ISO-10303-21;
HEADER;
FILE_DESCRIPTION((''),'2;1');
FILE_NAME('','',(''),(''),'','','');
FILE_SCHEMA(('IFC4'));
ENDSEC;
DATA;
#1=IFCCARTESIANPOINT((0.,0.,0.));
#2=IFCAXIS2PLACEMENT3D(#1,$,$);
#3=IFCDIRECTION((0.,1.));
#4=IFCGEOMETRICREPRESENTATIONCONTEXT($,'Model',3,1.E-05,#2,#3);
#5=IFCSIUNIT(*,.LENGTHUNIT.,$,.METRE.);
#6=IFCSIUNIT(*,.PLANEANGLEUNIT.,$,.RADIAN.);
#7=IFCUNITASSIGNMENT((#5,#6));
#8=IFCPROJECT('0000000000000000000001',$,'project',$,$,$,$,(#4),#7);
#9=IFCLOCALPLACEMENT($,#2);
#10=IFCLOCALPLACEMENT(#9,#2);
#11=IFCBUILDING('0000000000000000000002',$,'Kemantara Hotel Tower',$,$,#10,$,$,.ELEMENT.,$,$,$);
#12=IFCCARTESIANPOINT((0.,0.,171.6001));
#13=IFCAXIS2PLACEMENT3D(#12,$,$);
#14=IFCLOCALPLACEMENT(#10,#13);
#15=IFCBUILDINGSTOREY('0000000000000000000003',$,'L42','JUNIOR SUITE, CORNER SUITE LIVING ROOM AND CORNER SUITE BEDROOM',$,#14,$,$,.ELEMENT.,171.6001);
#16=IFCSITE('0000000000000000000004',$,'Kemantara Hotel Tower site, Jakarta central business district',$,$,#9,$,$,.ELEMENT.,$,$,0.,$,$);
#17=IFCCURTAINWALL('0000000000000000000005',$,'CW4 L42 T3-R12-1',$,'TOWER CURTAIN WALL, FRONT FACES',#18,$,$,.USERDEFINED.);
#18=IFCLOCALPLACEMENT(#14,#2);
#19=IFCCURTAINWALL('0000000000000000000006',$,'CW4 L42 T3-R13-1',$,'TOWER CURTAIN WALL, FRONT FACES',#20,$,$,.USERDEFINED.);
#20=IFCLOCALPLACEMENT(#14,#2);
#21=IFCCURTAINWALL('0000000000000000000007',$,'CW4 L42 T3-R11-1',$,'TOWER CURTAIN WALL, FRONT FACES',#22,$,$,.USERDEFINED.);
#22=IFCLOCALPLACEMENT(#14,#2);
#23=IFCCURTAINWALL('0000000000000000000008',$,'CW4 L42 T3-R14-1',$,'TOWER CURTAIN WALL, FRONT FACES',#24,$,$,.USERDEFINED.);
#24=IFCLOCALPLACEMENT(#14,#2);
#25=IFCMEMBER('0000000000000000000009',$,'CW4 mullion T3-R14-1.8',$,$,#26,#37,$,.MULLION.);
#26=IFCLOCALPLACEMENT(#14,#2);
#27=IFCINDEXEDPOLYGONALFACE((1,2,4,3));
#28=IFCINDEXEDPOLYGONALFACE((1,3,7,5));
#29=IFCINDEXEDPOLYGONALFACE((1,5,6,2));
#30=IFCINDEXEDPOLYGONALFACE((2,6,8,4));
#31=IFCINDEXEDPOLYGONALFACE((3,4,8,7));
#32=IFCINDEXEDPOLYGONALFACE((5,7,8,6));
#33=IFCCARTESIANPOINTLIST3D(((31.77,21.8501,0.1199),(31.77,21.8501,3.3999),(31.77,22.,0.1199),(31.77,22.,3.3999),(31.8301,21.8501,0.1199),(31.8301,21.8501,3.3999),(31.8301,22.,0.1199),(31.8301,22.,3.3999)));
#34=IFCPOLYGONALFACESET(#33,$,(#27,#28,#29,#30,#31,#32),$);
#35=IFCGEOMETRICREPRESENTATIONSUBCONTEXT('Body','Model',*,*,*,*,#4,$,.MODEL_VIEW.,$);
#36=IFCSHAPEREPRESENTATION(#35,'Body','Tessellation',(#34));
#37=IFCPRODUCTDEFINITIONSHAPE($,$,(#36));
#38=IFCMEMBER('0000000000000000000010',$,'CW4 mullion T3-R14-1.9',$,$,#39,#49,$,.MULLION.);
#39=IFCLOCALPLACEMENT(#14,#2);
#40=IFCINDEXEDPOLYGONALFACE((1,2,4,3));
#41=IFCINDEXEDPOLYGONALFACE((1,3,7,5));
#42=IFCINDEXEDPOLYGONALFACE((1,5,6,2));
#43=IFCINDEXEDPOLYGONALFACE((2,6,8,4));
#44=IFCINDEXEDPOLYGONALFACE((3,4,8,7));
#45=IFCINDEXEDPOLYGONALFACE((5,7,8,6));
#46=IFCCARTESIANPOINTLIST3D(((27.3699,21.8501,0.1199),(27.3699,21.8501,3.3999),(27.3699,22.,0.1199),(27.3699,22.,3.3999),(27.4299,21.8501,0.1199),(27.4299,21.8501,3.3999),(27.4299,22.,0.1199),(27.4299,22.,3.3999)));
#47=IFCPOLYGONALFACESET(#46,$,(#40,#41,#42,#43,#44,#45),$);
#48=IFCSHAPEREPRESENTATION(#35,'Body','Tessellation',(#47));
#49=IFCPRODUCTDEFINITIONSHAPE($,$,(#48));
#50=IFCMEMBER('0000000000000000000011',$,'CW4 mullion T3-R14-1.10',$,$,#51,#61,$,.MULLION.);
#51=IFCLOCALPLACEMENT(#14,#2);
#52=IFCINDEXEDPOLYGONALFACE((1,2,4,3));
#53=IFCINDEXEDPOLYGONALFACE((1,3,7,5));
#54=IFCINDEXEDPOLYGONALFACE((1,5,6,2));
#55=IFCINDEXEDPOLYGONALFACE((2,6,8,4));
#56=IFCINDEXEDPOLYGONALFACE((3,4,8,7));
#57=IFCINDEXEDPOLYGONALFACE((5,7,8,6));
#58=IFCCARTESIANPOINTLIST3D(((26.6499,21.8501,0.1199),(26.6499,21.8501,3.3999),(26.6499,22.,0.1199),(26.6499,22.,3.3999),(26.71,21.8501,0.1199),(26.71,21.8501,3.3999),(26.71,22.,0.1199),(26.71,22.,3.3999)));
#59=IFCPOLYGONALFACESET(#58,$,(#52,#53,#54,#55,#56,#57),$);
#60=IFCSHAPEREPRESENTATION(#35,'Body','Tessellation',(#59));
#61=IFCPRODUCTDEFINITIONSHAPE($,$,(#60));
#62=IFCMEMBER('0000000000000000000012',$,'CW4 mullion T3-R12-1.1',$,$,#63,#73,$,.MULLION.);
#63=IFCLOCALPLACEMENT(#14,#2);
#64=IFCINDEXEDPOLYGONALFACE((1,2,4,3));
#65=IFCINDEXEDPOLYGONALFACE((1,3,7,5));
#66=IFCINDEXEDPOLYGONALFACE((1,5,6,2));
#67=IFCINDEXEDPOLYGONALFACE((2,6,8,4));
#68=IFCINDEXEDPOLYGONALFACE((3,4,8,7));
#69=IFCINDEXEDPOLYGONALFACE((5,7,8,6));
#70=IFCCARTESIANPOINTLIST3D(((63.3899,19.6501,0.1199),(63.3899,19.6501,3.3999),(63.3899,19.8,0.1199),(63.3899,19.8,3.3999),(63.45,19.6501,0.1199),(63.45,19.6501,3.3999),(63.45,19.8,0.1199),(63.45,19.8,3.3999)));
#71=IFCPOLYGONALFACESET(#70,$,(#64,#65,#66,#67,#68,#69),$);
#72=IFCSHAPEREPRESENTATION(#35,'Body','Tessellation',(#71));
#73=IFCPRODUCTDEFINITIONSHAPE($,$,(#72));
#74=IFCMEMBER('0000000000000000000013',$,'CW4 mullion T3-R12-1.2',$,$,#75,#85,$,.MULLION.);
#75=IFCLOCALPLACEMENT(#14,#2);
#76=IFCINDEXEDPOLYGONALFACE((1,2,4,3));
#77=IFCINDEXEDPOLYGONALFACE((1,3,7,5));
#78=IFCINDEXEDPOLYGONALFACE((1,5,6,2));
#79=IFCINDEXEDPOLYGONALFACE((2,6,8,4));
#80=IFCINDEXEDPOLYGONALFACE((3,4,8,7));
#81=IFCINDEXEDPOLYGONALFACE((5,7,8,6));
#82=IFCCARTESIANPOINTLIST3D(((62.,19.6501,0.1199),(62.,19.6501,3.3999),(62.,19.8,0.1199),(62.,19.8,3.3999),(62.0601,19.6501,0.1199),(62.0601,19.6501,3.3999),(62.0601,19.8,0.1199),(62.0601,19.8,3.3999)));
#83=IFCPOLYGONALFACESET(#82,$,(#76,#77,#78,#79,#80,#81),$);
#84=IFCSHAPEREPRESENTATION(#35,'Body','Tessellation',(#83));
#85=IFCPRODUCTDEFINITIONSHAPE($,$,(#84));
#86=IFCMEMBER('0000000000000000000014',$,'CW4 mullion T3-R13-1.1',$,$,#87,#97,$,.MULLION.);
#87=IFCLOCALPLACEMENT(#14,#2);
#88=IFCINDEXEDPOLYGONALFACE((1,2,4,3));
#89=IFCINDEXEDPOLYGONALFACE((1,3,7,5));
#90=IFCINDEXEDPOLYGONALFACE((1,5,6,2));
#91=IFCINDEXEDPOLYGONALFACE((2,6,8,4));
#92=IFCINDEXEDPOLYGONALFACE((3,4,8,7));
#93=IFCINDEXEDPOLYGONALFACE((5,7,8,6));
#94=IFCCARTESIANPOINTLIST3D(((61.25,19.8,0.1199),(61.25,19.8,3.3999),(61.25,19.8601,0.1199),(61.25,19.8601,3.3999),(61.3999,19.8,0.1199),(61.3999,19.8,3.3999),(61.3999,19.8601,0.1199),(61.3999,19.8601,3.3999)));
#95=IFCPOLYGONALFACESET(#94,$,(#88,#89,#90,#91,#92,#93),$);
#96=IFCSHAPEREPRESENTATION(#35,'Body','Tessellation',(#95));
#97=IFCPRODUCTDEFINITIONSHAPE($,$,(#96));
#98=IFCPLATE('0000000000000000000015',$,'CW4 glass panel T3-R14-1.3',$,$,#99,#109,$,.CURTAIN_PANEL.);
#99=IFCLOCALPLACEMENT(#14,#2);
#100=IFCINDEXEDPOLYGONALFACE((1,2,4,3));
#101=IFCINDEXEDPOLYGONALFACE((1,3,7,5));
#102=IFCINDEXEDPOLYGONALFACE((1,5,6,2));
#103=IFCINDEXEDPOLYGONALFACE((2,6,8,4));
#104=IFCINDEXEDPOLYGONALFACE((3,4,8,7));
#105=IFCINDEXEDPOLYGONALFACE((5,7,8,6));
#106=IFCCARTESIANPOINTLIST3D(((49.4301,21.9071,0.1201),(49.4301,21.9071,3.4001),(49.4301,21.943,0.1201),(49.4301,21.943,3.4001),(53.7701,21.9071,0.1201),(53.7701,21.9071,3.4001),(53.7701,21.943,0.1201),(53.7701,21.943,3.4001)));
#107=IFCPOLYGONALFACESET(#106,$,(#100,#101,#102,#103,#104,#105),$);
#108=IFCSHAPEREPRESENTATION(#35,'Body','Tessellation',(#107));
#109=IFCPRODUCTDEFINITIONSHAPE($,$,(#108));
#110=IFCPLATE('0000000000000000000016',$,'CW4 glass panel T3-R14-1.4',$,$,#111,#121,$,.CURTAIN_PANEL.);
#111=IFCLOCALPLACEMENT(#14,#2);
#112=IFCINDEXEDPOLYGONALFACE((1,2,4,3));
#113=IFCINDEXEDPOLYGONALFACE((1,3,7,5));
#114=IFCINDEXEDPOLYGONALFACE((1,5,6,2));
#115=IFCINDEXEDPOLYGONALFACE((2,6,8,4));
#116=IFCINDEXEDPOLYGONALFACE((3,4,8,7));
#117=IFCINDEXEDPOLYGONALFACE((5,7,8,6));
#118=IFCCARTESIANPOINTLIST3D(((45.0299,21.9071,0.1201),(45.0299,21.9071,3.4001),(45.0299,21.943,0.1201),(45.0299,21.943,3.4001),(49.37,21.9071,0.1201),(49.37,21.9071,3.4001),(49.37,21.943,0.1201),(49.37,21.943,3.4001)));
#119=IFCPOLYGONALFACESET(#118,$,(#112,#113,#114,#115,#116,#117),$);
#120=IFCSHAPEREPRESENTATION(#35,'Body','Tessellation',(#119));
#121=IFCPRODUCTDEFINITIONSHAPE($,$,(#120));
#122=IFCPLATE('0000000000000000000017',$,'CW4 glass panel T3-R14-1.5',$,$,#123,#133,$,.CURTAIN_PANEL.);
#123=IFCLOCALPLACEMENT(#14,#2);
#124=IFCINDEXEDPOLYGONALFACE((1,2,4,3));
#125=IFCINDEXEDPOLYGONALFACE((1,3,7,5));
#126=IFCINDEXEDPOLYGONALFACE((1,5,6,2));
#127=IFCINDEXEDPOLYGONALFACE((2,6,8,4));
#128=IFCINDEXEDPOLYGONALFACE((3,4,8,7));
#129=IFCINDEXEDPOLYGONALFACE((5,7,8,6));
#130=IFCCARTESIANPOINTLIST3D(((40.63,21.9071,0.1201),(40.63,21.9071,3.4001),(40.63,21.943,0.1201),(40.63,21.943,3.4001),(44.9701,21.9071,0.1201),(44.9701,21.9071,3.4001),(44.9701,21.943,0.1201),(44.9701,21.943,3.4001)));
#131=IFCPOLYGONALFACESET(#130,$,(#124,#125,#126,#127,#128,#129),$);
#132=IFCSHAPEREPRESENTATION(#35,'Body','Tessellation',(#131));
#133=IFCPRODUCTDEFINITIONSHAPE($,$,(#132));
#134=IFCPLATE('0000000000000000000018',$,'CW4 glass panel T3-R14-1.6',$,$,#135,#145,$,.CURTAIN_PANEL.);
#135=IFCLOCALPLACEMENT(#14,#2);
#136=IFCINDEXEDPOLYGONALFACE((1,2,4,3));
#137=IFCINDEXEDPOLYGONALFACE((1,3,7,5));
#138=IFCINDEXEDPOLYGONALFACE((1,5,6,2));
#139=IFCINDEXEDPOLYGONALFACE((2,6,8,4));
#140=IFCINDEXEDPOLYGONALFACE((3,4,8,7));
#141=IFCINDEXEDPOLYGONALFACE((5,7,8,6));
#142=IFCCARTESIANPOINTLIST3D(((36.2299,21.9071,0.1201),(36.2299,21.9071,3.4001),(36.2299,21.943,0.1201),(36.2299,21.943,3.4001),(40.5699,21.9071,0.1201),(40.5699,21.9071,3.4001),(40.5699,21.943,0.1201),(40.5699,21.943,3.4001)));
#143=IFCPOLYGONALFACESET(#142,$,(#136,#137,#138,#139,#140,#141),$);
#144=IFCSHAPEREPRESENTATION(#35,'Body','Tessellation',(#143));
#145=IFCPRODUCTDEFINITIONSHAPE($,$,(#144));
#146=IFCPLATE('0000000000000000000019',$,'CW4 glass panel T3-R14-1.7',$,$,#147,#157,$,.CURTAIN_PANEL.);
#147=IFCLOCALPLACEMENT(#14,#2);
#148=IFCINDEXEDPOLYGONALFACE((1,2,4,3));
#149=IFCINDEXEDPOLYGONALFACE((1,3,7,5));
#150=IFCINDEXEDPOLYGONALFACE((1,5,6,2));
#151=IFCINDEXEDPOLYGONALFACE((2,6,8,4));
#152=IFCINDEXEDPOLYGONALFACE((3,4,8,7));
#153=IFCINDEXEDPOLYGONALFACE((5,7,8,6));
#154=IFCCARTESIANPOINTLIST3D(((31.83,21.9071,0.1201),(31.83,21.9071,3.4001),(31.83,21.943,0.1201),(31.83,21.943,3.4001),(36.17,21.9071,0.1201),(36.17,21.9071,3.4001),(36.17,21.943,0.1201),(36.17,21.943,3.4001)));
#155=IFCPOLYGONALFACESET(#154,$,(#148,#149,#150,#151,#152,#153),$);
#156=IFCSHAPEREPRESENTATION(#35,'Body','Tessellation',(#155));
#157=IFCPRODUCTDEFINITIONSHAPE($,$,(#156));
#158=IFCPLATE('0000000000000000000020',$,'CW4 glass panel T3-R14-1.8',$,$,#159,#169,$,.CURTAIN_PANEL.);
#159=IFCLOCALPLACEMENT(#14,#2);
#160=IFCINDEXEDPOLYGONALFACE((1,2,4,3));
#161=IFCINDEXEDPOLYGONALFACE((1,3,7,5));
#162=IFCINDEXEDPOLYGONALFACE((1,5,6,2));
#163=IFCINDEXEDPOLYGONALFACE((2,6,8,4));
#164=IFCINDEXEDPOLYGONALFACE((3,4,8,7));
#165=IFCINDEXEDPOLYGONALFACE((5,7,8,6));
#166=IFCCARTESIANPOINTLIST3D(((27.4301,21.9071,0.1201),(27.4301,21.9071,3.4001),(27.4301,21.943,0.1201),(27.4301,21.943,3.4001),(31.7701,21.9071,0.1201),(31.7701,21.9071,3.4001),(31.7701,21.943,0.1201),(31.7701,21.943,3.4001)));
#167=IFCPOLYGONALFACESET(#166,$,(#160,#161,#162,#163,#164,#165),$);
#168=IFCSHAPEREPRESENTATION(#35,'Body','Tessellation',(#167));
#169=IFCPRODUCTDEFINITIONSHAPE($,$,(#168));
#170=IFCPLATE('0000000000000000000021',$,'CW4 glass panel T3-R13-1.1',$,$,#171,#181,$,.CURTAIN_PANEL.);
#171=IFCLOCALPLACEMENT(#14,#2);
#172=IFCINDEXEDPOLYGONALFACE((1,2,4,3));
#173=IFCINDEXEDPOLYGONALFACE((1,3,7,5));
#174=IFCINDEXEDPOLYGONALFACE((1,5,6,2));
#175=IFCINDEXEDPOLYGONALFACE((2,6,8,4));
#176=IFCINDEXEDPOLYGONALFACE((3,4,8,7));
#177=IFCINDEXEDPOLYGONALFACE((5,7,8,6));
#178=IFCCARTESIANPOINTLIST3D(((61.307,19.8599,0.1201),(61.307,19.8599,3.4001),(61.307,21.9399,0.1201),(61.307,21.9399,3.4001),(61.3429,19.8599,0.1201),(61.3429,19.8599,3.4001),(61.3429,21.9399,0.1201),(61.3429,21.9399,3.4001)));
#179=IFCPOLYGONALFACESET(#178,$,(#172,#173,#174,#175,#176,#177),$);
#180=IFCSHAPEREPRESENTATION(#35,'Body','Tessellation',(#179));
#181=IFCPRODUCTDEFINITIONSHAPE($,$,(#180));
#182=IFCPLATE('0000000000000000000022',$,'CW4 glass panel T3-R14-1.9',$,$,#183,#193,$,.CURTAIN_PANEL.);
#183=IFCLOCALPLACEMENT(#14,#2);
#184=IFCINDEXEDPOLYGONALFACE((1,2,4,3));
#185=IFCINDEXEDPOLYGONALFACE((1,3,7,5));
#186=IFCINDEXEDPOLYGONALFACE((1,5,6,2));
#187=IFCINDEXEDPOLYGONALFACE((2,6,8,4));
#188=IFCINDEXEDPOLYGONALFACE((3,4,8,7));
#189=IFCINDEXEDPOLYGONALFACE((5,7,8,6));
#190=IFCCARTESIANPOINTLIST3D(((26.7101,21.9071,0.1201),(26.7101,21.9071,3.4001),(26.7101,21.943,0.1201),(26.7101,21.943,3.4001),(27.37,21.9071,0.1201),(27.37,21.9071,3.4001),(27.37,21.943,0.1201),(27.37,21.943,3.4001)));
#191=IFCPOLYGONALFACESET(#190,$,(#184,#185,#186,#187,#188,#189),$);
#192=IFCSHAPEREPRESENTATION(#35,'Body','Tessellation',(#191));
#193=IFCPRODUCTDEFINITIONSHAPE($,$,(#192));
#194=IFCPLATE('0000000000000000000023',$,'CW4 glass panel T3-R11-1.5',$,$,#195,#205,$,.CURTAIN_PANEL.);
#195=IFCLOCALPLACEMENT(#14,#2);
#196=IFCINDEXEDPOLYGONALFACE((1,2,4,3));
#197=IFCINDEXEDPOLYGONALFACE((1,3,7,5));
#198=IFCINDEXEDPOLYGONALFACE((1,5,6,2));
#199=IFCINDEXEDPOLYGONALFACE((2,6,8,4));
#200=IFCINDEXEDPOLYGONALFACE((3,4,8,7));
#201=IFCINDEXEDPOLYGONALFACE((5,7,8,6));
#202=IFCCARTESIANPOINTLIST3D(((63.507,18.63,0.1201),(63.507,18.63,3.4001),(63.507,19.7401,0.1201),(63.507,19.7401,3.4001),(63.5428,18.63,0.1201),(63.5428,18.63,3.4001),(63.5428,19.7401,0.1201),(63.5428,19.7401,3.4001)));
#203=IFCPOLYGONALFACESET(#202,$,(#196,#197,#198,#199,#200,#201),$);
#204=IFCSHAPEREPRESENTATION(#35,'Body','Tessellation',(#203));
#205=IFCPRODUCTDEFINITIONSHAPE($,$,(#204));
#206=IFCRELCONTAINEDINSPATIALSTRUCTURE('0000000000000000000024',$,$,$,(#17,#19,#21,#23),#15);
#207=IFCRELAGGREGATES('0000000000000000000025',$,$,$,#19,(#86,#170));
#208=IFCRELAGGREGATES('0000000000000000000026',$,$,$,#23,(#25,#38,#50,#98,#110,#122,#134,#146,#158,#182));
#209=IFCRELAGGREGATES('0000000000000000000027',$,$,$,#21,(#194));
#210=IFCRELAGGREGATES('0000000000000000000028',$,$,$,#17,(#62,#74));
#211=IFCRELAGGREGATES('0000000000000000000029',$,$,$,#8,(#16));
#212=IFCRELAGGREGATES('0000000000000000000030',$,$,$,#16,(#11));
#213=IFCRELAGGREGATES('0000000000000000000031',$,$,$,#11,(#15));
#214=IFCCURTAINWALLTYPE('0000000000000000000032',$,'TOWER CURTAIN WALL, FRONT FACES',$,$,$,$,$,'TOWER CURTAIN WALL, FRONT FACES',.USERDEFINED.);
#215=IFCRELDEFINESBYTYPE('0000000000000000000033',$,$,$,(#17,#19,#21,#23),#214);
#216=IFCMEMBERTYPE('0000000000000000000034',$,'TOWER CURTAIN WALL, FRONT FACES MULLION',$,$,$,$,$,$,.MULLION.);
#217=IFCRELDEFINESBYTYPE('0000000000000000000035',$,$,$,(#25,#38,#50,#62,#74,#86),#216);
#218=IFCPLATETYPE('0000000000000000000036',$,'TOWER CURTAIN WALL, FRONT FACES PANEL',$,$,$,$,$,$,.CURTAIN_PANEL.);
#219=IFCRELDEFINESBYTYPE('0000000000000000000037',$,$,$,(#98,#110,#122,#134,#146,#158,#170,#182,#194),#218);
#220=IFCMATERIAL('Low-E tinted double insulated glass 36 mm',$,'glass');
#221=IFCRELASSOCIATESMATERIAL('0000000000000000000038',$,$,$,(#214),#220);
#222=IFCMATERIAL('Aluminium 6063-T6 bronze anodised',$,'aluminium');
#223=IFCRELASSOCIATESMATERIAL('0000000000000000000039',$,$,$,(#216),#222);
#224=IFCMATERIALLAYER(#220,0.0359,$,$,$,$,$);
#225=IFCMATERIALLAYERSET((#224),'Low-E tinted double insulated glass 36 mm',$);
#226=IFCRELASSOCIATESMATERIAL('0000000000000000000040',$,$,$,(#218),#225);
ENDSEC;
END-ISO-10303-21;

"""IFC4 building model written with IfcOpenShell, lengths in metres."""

from ifc_helpers import new_model, si_unit, direction, frame, origin, origin_2d, place, context, subcontext, project, spatial, rectangle, extrude, source, transform, mapped, material, layer, layer_set, material_profile, profile_set, type_object, element, aggregate, save


model = new_model("IFC4")

# Units and contexts
model_context = context("Model", 3, precision=1e-05, world=origin(), true_north=direction((0.0, 1.0)))
body_context = subcontext(model_context, "Body", "Model", "MODEL_VIEW")
ifc_project = project(units=[si_unit("LENGTHUNIT", "METRE"), si_unit("PLANEANGLEUNIT", "RADIAN")], contexts=[model_context])

# Site, building, storey
site_placement = place(None, origin())
site = spatial("IfcSite", under=ifc_project, at=site_placement, Name="Kemantara Hotel Tower site, Jakarta central business district", CompositionType="ELEMENT", RefElevation=0.0)
building_placement = place(site_placement, origin())
building = spatial("IfcBuilding", under=site, at=building_placement, Name="Kemantara Hotel Tower", CompositionType="ELEMENT")
storey_placement = place(building_placement, frame((0.0, 0.0, 171.6001)))
storey = spatial("IfcBuildingStorey", under=building, at=storey_placement, Name="L42", Description="JUNIOR SUITE, CORNER SUITE LIVING ROOM AND CORNER SUITE BEDROOM", CompositionType="ELEMENT", Elevation=171.6001)

# Curtain walls
ifc_material_1 = material(Name="Low-E tinted double insulated glass 36 mm", Category="glass")
curtain_wall_type = type_object("IfcCurtainWallType", Name="TOWER CURTAIN WALL, FRONT FACES", ElementType="TOWER CURTAIN WALL, FRONT FACES", PredefinedType="USERDEFINED", material=ifc_material_1)
curtain_wall_1_placement = place(storey_placement, origin())
curtain_wall_1 = element("IfcCurtainWall", 1, at=curtain_wall_1_placement, inside=storey, type_object=curtain_wall_type, Name="CW4 L42 T3-R12-1", ObjectType="TOWER CURTAIN WALL, FRONT FACES", PredefinedType="USERDEFINED")
ifc_material_2 = material(Name="Aluminium 6063-T6 bronze anodised", Category="aluminium")
curtain_wall_2_placement = place(storey_placement, origin())
curtain_wall_2 = element("IfcCurtainWall", 2, at=curtain_wall_2_placement, inside=storey, type_object=curtain_wall_type, Name="CW4 L42 T3-R13-1", ObjectType="TOWER CURTAIN WALL, FRONT FACES", PredefinedType="USERDEFINED")

# Curtain walls, members
curtain_wall_3_placement = place(storey_placement, origin())
curtain_wall_3 = element("IfcCurtainWall", 3, at=curtain_wall_3_placement, inside=storey, type_object=curtain_wall_type, Name="CW4 L42 T3-R11-1", ObjectType="TOWER CURTAIN WALL, FRONT FACES", PredefinedType="USERDEFINED")
ifc_material_profile_1 = material_profile(ifc_material_2, rectangle(XDim=0.1499, YDim=0.0601, at=origin_2d()), Name="TOWER CURTAIN WALL, FRONT FACES MULLION")
ifc_profile_set_1 = profile_set([ifc_material_profile_1], Name="Aluminium 6063-T6 bronze anodised")
member_type_1 = type_object("IfcMemberType", Name="TOWER CURTAIN WALL, FRONT FACES MULLION", PredefinedType="MULLION", material=ifc_profile_set_1)
shared_shape_1 = source(origin(), body_context, "Body", "SweptSolid", [
    extrude(rectangle(XDim=0.1499, YDim=0.0601, at=origin_2d()), origin(), (0.0, 0.0, 1.0), 3.28),
])
curtain_wall_4_placement = place(storey_placement, origin())
curtain_wall_4 = element("IfcCurtainWall", 4, at=curtain_wall_4_placement, inside=storey, type_object=curtain_wall_type, Name="CW4 L42 T3-R14-1", ObjectType="TOWER CURTAIN WALL, FRONT FACES", PredefinedType="USERDEFINED")
member_1_placement = place(storey_placement, frame((31.8, 21.925, 0.1199), z_axis=(0.0, 0.0, 1.0), x_axis=(0.0, -1.0, 0.0)))
member_1 = element("IfcMember", 5, at=member_1_placement, type_object=member_type_1, Name="CW4 mullion T3-R14-1.8", PredefinedType="MULLION", context=body_context, shape_type="MappedRepresentation", body=[
    mapped(shared_shape_1, transform((0.0, 0.0, 0.0))),
])
member_2_placement = place(storey_placement, frame((27.3999, 21.925, 0.1199), z_axis=(0.0, 0.0, 1.0), x_axis=(0.0, -1.0, 0.0)))
member_2 = element("IfcMember", 6, at=member_2_placement, type_object=member_type_1, Name="CW4 mullion T3-R14-1.9", PredefinedType="MULLION", context=body_context, shape_type="MappedRepresentation", body=[
    mapped(shared_shape_1, transform((0.0, 0.0, 0.0))),
])
member_3_placement = place(storey_placement, frame((26.6799, 21.925, 0.1199), z_axis=(0.0, 0.0, 1.0), x_axis=(0.0, -1.0, 0.0)))
member_3 = element("IfcMember", 7, at=member_3_placement, type_object=member_type_1, Name="CW4 mullion T3-R14-1.10", PredefinedType="MULLION", context=body_context, shape_type="MappedRepresentation", body=[
    mapped(shared_shape_1, transform((0.0, 0.0, 0.0))),
])

# Members
member_4_placement = place(storey_placement, frame((63.4199, 19.7251, 0.1199), z_axis=(0.0, 0.0, 1.0), x_axis=(0.0, -1.0, 0.0)))
member_4 = element("IfcMember", 8, at=member_4_placement, type_object=member_type_1, Name="CW4 mullion T3-R12-1.1", PredefinedType="MULLION", context=body_context, shape_type="MappedRepresentation", body=[
    mapped(shared_shape_1, transform((0.0, 0.0, 0.0))),
])
member_5_placement = place(storey_placement, frame((62.03, 19.7251, 0.1199), z_axis=(0.0, 0.0, 1.0), x_axis=(0.0, -1.0, 0.0)))
member_5 = element("IfcMember", 9, at=member_5_placement, type_object=member_type_1, Name="CW4 mullion T3-R12-1.2", PredefinedType="MULLION", context=body_context, shape_type="MappedRepresentation", body=[
    mapped(shared_shape_1, transform((0.0, 0.0, 0.0))),
])
member_6_placement = place(storey_placement, frame((61.325, 19.8301, 0.1199), z_axis=(0.0, 0.0, 1.0), x_axis=(-1.0, 0.0, 0.0)))
member_6 = element("IfcMember", 10, at=member_6_placement, type_object=member_type_1, Name="CW4 mullion T3-R13-1.1", PredefinedType="MULLION", context=body_context, shape_type="MappedRepresentation", body=[
    mapped(shared_shape_1, transform((0.0, 0.0, 0.0))),
])

# Plates
ifc_layer_1 = layer(ifc_material_1, 0.0359)
ifc_layer_set_1 = layer_set([ifc_layer_1], Name="Low-E tinted double insulated glass 36 mm")
plate_type = type_object("IfcPlateType", Name="TOWER CURTAIN WALL, FRONT FACES PANEL", PredefinedType="CURTAIN_PANEL", material=ifc_layer_set_1)
shared_shape_2 = source(origin(), body_context, "Body", "SweptSolid", [
    extrude(rectangle(XDim=4.3401, YDim=0.0359, at=origin_2d()), origin(), (0.0, 0.0, 1.0), 3.28),
])
plate_1_placement = place(storey_placement, frame((51.6001, 21.925, 0.1201), z_axis=(0.0, 0.0, 1.0), x_axis=(-1.0, 0.0, 0.0)))
plate_1 = element("IfcPlate", 11, at=plate_1_placement, type_object=plate_type, Name="CW4 glass panel T3-R14-1.3", PredefinedType="CURTAIN_PANEL", context=body_context, shape_type="MappedRepresentation", body=[
    mapped(shared_shape_2, transform((0.0, 0.0, 0.0))),
])
plate_2_placement = place(storey_placement, frame((47.2, 21.925, 0.1201), z_axis=(0.0, 0.0, 1.0), x_axis=(-1.0, 0.0, 0.0)))
plate_2 = element("IfcPlate", 12, at=plate_2_placement, type_object=plate_type, Name="CW4 glass panel T3-R14-1.4", PredefinedType="CURTAIN_PANEL", context=body_context, shape_type="MappedRepresentation", body=[
    mapped(shared_shape_2, transform((0.0, 0.0, 0.0))),
])
plate_3_placement = place(storey_placement, frame((42.8, 21.925, 0.1201), z_axis=(0.0, 0.0, 1.0), x_axis=(-1.0, 0.0, 0.0)))
plate_3 = element("IfcPlate", 13, at=plate_3_placement, type_object=plate_type, Name="CW4 glass panel T3-R14-1.5", PredefinedType="CURTAIN_PANEL", context=body_context, shape_type="MappedRepresentation", body=[
    mapped(shared_shape_2, transform((0.0, 0.0, 0.0))),
])
plate_4_placement = place(storey_placement, frame((38.3999, 21.925, 0.1201), z_axis=(0.0, 0.0, 1.0), x_axis=(-1.0, 0.0, 0.0)))
plate_4 = element("IfcPlate", 14, at=plate_4_placement, type_object=plate_type, Name="CW4 glass panel T3-R14-1.6", PredefinedType="CURTAIN_PANEL", context=body_context, shape_type="MappedRepresentation", body=[
    mapped(shared_shape_2, transform((0.0, 0.0, 0.0))),
])
plate_5_placement = place(storey_placement, frame((34.0, 21.925, 0.1201), z_axis=(0.0, 0.0, 1.0), x_axis=(-1.0, 0.0, 0.0)))
plate_5 = element("IfcPlate", 15, at=plate_5_placement, type_object=plate_type, Name="CW4 glass panel T3-R14-1.7", PredefinedType="CURTAIN_PANEL", context=body_context, shape_type="MappedRepresentation", body=[
    mapped(shared_shape_2, transform((0.0, 0.0, 0.0))),
])
plate_6_placement = place(storey_placement, frame((29.6001, 21.925, 0.1201), z_axis=(0.0, 0.0, 1.0), x_axis=(-1.0, 0.0, 0.0)))
plate_6 = element("IfcPlate", 16, at=plate_6_placement, type_object=plate_type, Name="CW4 glass panel T3-R14-1.8", PredefinedType="CURTAIN_PANEL", context=body_context, shape_type="MappedRepresentation", body=[
    mapped(shared_shape_2, transform((0.0, 0.0, 0.0))),
])
shared_shape_3 = source(origin(), body_context, "Body", "SweptSolid", [
    extrude(rectangle(XDim=2.0801, YDim=0.0359, at=origin_2d()), origin(), (0.0, 0.0, 1.0), 3.28),
])
plate_7_placement = place(storey_placement, frame((61.325, 20.8999, 0.1201), z_axis=(0.0, 0.0, 1.0), x_axis=(0.0, 1.0, 0.0)))
plate_7 = element("IfcPlate", 17, at=plate_7_placement, type_object=plate_type, Name="CW4 glass panel T3-R13-1.1", PredefinedType="CURTAIN_PANEL", context=body_context, shape_type="MappedRepresentation", body=[
    mapped(shared_shape_3, transform((0.0, 0.0, 0.0))),
])
aggregate(curtain_wall_2, [member_6, plate_7])
shared_shape_4 = source(origin(), body_context, "Body", "SweptSolid", [
    extrude(rectangle(XDim=0.6599, YDim=0.0359, at=origin_2d()), origin(), (0.0, 0.0, 1.0), 3.28),
])
plate_8_placement = place(storey_placement, frame((27.04, 21.925, 0.1201), z_axis=(0.0, 0.0, 1.0), x_axis=(-1.0, 0.0, 0.0)))
plate_8 = element("IfcPlate", 18, at=plate_8_placement, type_object=plate_type, Name="CW4 glass panel T3-R14-1.9", PredefinedType="CURTAIN_PANEL", context=body_context, shape_type="MappedRepresentation", body=[
    mapped(shared_shape_4, transform((0.0, 0.0, 0.0))),
])
aggregate(curtain_wall_4, [member_1, member_2, member_3, plate_1, plate_2, plate_3, plate_4, plate_5, plate_6, plate_8])
shared_shape_5 = source(origin(), body_context, "Body", "SweptSolid", [
    extrude(rectangle(XDim=1.1101, YDim=0.0359, at=origin_2d()), origin(), (0.0, 0.0, 1.0), 3.28),
])
plate_9_placement = place(storey_placement, frame((63.5249, 19.1851, 0.1201), z_axis=(0.0, 0.0, 1.0), x_axis=(0.0, 1.0, 0.0)))
plate_9 = element("IfcPlate", 19, at=plate_9_placement, type_object=plate_type, Name="CW4 glass panel T3-R11-1.5", PredefinedType="CURTAIN_PANEL", context=body_context, shape_type="MappedRepresentation", body=[
    mapped(shared_shape_5, transform((0.0, 0.0, 0.0))),
])
aggregate(curtain_wall_3, [plate_9])
aggregate(curtain_wall_1, [member_4, member_5])

save(model, "model.ifc")
